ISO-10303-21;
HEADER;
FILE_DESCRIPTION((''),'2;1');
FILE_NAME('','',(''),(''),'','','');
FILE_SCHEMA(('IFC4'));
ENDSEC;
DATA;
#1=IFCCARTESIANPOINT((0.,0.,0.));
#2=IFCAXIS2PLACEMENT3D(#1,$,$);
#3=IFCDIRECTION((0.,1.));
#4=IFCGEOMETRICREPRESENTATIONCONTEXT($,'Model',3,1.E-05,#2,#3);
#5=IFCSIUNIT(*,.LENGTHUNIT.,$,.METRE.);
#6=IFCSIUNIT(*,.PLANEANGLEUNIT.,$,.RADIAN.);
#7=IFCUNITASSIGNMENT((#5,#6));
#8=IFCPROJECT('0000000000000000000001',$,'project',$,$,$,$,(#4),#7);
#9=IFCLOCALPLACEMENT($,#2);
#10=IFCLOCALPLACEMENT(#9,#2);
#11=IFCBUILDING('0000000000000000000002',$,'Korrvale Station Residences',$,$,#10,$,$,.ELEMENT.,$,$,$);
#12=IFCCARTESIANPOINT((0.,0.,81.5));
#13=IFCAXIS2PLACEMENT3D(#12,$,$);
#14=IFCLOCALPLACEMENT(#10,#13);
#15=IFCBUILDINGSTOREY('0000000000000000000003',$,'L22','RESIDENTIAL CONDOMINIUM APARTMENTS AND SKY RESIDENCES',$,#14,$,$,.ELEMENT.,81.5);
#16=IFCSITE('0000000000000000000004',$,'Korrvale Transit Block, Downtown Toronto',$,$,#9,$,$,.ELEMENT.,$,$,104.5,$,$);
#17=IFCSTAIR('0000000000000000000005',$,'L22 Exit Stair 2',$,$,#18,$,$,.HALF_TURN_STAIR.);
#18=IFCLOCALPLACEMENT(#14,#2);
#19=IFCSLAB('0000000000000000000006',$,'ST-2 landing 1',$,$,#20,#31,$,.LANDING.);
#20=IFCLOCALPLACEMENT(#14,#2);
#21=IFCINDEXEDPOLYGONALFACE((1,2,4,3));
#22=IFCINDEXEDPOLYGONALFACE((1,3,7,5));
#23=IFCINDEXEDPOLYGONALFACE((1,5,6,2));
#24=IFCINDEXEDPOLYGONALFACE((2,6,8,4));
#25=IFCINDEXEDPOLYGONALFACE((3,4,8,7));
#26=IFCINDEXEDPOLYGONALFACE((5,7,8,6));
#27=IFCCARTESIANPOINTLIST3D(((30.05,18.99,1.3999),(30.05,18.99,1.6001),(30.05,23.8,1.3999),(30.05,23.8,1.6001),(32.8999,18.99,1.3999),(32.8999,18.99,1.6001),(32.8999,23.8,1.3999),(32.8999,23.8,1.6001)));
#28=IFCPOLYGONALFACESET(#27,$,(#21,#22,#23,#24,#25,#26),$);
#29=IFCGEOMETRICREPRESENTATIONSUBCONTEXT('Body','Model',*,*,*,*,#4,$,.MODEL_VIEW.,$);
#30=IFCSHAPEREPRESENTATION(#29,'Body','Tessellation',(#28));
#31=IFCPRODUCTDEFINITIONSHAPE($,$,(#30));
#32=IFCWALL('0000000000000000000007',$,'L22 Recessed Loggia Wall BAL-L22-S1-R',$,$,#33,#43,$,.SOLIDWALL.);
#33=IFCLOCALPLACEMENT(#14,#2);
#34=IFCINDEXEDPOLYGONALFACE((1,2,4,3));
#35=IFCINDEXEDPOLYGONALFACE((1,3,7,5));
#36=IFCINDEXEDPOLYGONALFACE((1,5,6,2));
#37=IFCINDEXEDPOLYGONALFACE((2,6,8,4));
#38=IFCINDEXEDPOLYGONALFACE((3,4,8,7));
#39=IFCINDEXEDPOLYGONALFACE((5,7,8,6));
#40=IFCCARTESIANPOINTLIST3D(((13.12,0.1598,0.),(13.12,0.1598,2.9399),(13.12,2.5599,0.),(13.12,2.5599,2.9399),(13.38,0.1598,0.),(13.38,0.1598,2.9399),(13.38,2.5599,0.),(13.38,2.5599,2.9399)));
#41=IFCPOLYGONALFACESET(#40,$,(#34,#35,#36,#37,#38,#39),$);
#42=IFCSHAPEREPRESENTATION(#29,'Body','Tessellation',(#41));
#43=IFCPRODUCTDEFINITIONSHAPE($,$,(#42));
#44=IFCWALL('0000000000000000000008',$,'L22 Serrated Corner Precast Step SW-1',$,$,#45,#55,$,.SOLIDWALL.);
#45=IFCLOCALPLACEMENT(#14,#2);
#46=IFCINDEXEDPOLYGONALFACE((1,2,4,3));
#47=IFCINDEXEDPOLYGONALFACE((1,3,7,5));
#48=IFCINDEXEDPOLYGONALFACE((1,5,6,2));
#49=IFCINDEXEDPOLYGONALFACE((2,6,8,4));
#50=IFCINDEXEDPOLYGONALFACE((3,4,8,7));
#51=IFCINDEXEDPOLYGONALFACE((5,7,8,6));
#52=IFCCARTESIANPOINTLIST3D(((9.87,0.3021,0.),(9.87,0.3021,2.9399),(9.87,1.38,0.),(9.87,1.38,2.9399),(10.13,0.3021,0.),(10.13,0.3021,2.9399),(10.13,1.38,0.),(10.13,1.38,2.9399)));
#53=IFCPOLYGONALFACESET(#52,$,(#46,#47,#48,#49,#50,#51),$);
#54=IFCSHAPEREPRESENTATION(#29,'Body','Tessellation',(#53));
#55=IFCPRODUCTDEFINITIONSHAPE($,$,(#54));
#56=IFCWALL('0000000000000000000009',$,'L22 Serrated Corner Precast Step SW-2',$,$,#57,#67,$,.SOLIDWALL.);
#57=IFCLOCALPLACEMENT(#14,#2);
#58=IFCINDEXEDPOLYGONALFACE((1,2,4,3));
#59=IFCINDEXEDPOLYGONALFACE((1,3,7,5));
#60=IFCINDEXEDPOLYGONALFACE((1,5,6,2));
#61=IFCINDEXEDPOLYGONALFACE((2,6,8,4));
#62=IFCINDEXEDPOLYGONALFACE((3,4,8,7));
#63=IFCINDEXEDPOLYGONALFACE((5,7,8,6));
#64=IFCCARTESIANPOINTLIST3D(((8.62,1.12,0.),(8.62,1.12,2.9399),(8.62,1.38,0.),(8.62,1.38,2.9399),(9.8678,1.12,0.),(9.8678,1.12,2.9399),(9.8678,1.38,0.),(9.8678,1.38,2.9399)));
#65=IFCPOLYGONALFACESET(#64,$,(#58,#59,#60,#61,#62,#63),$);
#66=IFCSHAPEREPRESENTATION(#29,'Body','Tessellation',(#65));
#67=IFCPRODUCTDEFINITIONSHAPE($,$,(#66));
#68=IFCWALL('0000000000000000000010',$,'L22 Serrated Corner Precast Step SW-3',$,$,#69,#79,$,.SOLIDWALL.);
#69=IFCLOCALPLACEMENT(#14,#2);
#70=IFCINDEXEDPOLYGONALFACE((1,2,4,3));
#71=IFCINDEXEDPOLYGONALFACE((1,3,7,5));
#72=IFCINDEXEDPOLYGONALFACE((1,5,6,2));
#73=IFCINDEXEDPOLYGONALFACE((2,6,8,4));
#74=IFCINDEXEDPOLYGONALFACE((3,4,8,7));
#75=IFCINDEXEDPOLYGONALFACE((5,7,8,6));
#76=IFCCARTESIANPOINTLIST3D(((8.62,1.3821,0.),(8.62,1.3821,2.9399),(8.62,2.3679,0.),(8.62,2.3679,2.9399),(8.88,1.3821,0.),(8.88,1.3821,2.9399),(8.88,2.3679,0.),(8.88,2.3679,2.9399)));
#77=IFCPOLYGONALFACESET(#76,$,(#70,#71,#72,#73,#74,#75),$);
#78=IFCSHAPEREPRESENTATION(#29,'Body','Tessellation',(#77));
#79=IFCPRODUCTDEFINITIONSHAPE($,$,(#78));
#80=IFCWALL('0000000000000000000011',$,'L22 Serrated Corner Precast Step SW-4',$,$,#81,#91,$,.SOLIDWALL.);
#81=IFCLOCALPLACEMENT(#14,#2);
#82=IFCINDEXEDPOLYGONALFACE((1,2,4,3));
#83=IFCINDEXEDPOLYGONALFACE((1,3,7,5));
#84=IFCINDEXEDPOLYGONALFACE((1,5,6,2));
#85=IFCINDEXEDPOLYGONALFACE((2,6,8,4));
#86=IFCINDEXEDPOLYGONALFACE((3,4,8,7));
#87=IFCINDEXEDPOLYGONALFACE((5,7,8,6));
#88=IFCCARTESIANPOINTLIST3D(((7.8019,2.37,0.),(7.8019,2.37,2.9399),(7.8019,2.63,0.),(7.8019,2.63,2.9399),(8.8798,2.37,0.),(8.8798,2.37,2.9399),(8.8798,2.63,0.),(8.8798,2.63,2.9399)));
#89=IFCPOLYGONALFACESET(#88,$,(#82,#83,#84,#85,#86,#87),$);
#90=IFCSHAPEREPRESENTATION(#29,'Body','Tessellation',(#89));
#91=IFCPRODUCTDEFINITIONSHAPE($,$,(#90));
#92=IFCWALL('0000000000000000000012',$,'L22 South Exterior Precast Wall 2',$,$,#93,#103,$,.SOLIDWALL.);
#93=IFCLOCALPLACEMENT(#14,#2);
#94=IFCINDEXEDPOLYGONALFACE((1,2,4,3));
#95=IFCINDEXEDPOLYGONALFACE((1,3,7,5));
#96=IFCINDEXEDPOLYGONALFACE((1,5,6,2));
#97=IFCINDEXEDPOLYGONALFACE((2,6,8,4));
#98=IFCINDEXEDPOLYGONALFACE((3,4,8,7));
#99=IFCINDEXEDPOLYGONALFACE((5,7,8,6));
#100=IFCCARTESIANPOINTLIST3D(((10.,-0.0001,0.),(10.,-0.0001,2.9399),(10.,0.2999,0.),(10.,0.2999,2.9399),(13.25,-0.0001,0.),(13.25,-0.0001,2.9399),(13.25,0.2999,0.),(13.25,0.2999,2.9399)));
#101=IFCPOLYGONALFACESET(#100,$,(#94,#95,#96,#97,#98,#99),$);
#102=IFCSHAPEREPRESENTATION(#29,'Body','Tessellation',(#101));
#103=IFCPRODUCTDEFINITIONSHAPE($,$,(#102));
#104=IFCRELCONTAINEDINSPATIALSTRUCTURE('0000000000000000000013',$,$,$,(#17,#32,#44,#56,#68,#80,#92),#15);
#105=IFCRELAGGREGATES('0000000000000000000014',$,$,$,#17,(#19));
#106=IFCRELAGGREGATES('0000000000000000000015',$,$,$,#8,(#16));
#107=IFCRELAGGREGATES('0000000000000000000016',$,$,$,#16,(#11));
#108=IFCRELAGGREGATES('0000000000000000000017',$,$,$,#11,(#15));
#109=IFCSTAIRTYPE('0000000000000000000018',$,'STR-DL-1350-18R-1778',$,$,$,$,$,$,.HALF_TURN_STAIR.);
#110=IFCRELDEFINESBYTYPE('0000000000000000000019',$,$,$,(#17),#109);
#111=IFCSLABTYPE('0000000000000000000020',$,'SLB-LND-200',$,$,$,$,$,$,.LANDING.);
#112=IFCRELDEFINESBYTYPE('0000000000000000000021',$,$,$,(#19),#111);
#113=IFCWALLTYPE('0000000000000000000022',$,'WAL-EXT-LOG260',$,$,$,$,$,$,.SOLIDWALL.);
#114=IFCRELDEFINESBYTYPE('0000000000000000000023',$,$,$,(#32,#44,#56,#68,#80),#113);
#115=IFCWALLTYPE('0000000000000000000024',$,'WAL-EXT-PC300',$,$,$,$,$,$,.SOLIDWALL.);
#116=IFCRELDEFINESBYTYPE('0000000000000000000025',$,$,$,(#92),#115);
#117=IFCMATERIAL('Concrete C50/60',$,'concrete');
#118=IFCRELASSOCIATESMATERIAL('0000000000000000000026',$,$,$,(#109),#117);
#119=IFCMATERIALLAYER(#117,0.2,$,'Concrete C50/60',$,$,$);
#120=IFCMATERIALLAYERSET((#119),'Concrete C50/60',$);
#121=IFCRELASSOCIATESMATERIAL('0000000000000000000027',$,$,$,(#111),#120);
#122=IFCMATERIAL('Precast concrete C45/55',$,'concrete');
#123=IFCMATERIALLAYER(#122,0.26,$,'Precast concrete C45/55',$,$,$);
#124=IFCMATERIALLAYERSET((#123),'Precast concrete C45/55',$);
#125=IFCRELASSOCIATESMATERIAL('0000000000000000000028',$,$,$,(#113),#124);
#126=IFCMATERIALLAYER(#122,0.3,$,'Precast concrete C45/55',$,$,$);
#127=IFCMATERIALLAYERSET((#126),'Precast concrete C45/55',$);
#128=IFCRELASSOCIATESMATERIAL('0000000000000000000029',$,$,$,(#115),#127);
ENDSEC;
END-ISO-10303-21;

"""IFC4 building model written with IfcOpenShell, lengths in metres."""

from ifc_helpers import new_model, si_unit, direction, frame, frame_2d, origin, place, context, subcontext, project, spatial, polyline, rectangle, outline, extrude, material, layer, layer_set, type_object, element, aggregate, save


model = new_model("IFC4")

# Units and contexts
model_context = context("Model", 3, precision=1e-05, world=origin(), true_north=direction((0.0, 1.0)))
body_context = subcontext(model_context, "Body", "Model", "MODEL_VIEW")
ifc_project = project(units=[si_unit("LENGTHUNIT", "METRE"), si_unit("PLANEANGLEUNIT", "RADIAN")], contexts=[model_context])

# Site, building, storey
site_placement = place(None, origin())
site = spatial("IfcSite", under=ifc_project, at=site_placement, Name="Korrvale Transit Block, Downtown Toronto", CompositionType="ELEMENT", RefElevation=104.5)
building_placement = place(site_placement, origin())
building = spatial("IfcBuilding", under=site, at=building_placement, Name="Korrvale Station Residences", CompositionType="ELEMENT")
storey_placement = place(building_placement, frame((0.0, 0.0, 81.5)))
storey = spatial("IfcBuildingStorey", under=building, at=storey_placement, Name="L22", Description="RESIDENTIAL CONDOMINIUM APARTMENTS AND SKY RESIDENCES", CompositionType="ELEMENT", Elevation=81.5)

# Shared definitions
ifc_material_1 = material(Name="Concrete C50/60", Category="concrete")

# Stair, slab
stair_type = type_object("IfcStairType", Name="STR-DL-1350-18R-1778", PredefinedType="HALF_TURN_STAIR", material=ifc_material_1)
ifc_layer_1 = layer(ifc_material_1, 0.2, Name="Concrete C50/60")
ifc_layer_set_1 = layer_set([ifc_layer_1], Name="Concrete C50/60")
slab_type_1 = type_object("IfcSlabType", Name="SLB-LND-200", PredefinedType="LANDING", material=ifc_layer_set_1)
stair_1_placement = place(storey_placement, origin())
stair_1 = element("IfcStair", 1, at=stair_1_placement, inside=storey, type_object=stair_type, Name="L22 Exit Stair 2", PredefinedType="HALF_TURN_STAIR")
slab_1_placement = place(storey_placement, frame((0.0, 0.0, 1.3999)))
slab_1 = element("IfcSlab", 2, at=slab_1_placement, type_object=slab_type_1, Name="ST-2 landing 1", PredefinedType="LANDING", context=body_context, shape_type="SweptSolid", body=[
    extrude(outline(polyline([(32.8999, 18.99), (32.8999, 23.8), (30.05, 23.8), (30.05, 18.99), (32.8999, 18.99)])), origin(), (0.0, 0.0, 1.0), 0.2002),
])
aggregate(stair_1, [slab_1])

# Walls
ifc_material_2 = material(Name="Precast concrete C45/55", Category="concrete")
ifc_layer_2 = layer(ifc_material_2, 0.26, Name="Precast concrete C45/55")
ifc_layer_set_2 = layer_set([ifc_layer_2], Name="Precast concrete C45/55")
wall_type_1 = type_object("IfcWallType", Name="WAL-EXT-LOG260", PredefinedType="SOLIDWALL", material=ifc_layer_set_2)
wall_1_placement = place(storey_placement, frame((13.25, 2.5601, 0.0), z_axis=(0.0, 0.0, 1.0), x_axis=(0.0, -1.0, 0.0)))
element("IfcWall", 3, at=wall_1_placement, inside=storey, type_object=wall_type_1, Name="L22 Recessed Loggia Wall BAL-L22-S1-R", PredefinedType="SOLIDWALL", context=body_context, shape_type="SweptSolid", body=[
    extrude(rectangle(XDim=2.4001, YDim=0.26, at=frame_2d((1.2002, 0.0))), origin(), (0.0, 0.0, 1.0), 2.9399),
])
wall_2_placement = place(storey_placement, frame((10.0, 0.302, 0.0), z_axis=(0.0, 0.0, 1.0), x_axis=(0.0, 1.0, 0.0)))
element("IfcWall", 4, at=wall_2_placement, inside=storey, type_object=wall_type_1, Name="L22 Serrated Corner Precast Step SW-1", PredefinedType="SOLIDWALL", context=body_context, shape_type="SweptSolid", body=[
    extrude(rectangle(XDim=1.0779, YDim=0.26, at=frame_2d((0.5391, 0.0))), origin(), (0.0, 0.0, 1.0), 2.9399),
])
wall_3_placement = place(storey_placement, frame((9.8679, 1.25, 0.0), z_axis=(0.0, 0.0, 1.0), x_axis=(-1.0, 0.0, 0.0)))
element("IfcWall", 5, at=wall_3_placement, inside=storey, type_object=wall_type_1, Name="L22 Serrated Corner Precast Step SW-2", PredefinedType="SOLIDWALL", context=body_context, shape_type="SweptSolid", body=[
    extrude(rectangle(XDim=1.2478, YDim=0.26, at=frame_2d((0.624, 0.0))), origin(), (0.0, 0.0, 1.0), 2.9399),
])
wall_4_placement = place(storey_placement, frame((8.75, 1.3821, 0.0), z_axis=(0.0, 0.0, 1.0), x_axis=(0.0, 1.0, 0.0)))
element("IfcWall", 6, at=wall_4_placement, inside=storey, type_object=wall_type_1, Name="L22 Serrated Corner Precast Step SW-3", PredefinedType="SOLIDWALL", context=body_context, shape_type="SweptSolid", body=[
    extrude(rectangle(XDim=0.9858, YDim=0.26, at=frame_2d((0.4929, 0.0))), origin(), (0.0, 0.0, 1.0), 2.9399),
])
wall_5_placement = place(storey_placement, frame((8.8799, 2.5, 0.0), z_axis=(0.0, 0.0, 1.0), x_axis=(-1.0, 0.0, 0.0)))
element("IfcWall", 7, at=wall_5_placement, inside=storey, type_object=wall_type_1, Name="L22 Serrated Corner Precast Step SW-4", PredefinedType="SOLIDWALL", context=body_context, shape_type="SweptSolid", body=[
    extrude(rectangle(XDim=1.0779, YDim=0.26, at=frame_2d((0.5391, 0.0))), origin(), (0.0, 0.0, 1.0), 2.9399),
])
ifc_layer_3 = layer(ifc_material_2, 0.3, Name="Precast concrete C45/55")
ifc_layer_set_3 = layer_set([ifc_layer_3], Name="Precast concrete C45/55")
wall_type_2 = type_object("IfcWallType", Name="WAL-EXT-PC300", PredefinedType="SOLIDWALL", material=ifc_layer_set_3)
wall_6_placement = place(storey_placement, frame((13.25, 0.1499, 0.0), z_axis=(0.0, 0.0, 1.0), x_axis=(-1.0, 0.0, 0.0)))
element("IfcWall", 8, at=wall_6_placement, inside=storey, type_object=wall_type_2, Name="L22 South Exterior Precast Wall 2", PredefinedType="SOLIDWALL", context=body_context, shape_type="SweptSolid", body=[
    extrude(rectangle(XDim=3.25, YDim=0.3, at=frame_2d((1.625, 0.0))), origin(), (0.0, 0.0, 1.0), 2.9399),
])

save(model, "model.ifc")
